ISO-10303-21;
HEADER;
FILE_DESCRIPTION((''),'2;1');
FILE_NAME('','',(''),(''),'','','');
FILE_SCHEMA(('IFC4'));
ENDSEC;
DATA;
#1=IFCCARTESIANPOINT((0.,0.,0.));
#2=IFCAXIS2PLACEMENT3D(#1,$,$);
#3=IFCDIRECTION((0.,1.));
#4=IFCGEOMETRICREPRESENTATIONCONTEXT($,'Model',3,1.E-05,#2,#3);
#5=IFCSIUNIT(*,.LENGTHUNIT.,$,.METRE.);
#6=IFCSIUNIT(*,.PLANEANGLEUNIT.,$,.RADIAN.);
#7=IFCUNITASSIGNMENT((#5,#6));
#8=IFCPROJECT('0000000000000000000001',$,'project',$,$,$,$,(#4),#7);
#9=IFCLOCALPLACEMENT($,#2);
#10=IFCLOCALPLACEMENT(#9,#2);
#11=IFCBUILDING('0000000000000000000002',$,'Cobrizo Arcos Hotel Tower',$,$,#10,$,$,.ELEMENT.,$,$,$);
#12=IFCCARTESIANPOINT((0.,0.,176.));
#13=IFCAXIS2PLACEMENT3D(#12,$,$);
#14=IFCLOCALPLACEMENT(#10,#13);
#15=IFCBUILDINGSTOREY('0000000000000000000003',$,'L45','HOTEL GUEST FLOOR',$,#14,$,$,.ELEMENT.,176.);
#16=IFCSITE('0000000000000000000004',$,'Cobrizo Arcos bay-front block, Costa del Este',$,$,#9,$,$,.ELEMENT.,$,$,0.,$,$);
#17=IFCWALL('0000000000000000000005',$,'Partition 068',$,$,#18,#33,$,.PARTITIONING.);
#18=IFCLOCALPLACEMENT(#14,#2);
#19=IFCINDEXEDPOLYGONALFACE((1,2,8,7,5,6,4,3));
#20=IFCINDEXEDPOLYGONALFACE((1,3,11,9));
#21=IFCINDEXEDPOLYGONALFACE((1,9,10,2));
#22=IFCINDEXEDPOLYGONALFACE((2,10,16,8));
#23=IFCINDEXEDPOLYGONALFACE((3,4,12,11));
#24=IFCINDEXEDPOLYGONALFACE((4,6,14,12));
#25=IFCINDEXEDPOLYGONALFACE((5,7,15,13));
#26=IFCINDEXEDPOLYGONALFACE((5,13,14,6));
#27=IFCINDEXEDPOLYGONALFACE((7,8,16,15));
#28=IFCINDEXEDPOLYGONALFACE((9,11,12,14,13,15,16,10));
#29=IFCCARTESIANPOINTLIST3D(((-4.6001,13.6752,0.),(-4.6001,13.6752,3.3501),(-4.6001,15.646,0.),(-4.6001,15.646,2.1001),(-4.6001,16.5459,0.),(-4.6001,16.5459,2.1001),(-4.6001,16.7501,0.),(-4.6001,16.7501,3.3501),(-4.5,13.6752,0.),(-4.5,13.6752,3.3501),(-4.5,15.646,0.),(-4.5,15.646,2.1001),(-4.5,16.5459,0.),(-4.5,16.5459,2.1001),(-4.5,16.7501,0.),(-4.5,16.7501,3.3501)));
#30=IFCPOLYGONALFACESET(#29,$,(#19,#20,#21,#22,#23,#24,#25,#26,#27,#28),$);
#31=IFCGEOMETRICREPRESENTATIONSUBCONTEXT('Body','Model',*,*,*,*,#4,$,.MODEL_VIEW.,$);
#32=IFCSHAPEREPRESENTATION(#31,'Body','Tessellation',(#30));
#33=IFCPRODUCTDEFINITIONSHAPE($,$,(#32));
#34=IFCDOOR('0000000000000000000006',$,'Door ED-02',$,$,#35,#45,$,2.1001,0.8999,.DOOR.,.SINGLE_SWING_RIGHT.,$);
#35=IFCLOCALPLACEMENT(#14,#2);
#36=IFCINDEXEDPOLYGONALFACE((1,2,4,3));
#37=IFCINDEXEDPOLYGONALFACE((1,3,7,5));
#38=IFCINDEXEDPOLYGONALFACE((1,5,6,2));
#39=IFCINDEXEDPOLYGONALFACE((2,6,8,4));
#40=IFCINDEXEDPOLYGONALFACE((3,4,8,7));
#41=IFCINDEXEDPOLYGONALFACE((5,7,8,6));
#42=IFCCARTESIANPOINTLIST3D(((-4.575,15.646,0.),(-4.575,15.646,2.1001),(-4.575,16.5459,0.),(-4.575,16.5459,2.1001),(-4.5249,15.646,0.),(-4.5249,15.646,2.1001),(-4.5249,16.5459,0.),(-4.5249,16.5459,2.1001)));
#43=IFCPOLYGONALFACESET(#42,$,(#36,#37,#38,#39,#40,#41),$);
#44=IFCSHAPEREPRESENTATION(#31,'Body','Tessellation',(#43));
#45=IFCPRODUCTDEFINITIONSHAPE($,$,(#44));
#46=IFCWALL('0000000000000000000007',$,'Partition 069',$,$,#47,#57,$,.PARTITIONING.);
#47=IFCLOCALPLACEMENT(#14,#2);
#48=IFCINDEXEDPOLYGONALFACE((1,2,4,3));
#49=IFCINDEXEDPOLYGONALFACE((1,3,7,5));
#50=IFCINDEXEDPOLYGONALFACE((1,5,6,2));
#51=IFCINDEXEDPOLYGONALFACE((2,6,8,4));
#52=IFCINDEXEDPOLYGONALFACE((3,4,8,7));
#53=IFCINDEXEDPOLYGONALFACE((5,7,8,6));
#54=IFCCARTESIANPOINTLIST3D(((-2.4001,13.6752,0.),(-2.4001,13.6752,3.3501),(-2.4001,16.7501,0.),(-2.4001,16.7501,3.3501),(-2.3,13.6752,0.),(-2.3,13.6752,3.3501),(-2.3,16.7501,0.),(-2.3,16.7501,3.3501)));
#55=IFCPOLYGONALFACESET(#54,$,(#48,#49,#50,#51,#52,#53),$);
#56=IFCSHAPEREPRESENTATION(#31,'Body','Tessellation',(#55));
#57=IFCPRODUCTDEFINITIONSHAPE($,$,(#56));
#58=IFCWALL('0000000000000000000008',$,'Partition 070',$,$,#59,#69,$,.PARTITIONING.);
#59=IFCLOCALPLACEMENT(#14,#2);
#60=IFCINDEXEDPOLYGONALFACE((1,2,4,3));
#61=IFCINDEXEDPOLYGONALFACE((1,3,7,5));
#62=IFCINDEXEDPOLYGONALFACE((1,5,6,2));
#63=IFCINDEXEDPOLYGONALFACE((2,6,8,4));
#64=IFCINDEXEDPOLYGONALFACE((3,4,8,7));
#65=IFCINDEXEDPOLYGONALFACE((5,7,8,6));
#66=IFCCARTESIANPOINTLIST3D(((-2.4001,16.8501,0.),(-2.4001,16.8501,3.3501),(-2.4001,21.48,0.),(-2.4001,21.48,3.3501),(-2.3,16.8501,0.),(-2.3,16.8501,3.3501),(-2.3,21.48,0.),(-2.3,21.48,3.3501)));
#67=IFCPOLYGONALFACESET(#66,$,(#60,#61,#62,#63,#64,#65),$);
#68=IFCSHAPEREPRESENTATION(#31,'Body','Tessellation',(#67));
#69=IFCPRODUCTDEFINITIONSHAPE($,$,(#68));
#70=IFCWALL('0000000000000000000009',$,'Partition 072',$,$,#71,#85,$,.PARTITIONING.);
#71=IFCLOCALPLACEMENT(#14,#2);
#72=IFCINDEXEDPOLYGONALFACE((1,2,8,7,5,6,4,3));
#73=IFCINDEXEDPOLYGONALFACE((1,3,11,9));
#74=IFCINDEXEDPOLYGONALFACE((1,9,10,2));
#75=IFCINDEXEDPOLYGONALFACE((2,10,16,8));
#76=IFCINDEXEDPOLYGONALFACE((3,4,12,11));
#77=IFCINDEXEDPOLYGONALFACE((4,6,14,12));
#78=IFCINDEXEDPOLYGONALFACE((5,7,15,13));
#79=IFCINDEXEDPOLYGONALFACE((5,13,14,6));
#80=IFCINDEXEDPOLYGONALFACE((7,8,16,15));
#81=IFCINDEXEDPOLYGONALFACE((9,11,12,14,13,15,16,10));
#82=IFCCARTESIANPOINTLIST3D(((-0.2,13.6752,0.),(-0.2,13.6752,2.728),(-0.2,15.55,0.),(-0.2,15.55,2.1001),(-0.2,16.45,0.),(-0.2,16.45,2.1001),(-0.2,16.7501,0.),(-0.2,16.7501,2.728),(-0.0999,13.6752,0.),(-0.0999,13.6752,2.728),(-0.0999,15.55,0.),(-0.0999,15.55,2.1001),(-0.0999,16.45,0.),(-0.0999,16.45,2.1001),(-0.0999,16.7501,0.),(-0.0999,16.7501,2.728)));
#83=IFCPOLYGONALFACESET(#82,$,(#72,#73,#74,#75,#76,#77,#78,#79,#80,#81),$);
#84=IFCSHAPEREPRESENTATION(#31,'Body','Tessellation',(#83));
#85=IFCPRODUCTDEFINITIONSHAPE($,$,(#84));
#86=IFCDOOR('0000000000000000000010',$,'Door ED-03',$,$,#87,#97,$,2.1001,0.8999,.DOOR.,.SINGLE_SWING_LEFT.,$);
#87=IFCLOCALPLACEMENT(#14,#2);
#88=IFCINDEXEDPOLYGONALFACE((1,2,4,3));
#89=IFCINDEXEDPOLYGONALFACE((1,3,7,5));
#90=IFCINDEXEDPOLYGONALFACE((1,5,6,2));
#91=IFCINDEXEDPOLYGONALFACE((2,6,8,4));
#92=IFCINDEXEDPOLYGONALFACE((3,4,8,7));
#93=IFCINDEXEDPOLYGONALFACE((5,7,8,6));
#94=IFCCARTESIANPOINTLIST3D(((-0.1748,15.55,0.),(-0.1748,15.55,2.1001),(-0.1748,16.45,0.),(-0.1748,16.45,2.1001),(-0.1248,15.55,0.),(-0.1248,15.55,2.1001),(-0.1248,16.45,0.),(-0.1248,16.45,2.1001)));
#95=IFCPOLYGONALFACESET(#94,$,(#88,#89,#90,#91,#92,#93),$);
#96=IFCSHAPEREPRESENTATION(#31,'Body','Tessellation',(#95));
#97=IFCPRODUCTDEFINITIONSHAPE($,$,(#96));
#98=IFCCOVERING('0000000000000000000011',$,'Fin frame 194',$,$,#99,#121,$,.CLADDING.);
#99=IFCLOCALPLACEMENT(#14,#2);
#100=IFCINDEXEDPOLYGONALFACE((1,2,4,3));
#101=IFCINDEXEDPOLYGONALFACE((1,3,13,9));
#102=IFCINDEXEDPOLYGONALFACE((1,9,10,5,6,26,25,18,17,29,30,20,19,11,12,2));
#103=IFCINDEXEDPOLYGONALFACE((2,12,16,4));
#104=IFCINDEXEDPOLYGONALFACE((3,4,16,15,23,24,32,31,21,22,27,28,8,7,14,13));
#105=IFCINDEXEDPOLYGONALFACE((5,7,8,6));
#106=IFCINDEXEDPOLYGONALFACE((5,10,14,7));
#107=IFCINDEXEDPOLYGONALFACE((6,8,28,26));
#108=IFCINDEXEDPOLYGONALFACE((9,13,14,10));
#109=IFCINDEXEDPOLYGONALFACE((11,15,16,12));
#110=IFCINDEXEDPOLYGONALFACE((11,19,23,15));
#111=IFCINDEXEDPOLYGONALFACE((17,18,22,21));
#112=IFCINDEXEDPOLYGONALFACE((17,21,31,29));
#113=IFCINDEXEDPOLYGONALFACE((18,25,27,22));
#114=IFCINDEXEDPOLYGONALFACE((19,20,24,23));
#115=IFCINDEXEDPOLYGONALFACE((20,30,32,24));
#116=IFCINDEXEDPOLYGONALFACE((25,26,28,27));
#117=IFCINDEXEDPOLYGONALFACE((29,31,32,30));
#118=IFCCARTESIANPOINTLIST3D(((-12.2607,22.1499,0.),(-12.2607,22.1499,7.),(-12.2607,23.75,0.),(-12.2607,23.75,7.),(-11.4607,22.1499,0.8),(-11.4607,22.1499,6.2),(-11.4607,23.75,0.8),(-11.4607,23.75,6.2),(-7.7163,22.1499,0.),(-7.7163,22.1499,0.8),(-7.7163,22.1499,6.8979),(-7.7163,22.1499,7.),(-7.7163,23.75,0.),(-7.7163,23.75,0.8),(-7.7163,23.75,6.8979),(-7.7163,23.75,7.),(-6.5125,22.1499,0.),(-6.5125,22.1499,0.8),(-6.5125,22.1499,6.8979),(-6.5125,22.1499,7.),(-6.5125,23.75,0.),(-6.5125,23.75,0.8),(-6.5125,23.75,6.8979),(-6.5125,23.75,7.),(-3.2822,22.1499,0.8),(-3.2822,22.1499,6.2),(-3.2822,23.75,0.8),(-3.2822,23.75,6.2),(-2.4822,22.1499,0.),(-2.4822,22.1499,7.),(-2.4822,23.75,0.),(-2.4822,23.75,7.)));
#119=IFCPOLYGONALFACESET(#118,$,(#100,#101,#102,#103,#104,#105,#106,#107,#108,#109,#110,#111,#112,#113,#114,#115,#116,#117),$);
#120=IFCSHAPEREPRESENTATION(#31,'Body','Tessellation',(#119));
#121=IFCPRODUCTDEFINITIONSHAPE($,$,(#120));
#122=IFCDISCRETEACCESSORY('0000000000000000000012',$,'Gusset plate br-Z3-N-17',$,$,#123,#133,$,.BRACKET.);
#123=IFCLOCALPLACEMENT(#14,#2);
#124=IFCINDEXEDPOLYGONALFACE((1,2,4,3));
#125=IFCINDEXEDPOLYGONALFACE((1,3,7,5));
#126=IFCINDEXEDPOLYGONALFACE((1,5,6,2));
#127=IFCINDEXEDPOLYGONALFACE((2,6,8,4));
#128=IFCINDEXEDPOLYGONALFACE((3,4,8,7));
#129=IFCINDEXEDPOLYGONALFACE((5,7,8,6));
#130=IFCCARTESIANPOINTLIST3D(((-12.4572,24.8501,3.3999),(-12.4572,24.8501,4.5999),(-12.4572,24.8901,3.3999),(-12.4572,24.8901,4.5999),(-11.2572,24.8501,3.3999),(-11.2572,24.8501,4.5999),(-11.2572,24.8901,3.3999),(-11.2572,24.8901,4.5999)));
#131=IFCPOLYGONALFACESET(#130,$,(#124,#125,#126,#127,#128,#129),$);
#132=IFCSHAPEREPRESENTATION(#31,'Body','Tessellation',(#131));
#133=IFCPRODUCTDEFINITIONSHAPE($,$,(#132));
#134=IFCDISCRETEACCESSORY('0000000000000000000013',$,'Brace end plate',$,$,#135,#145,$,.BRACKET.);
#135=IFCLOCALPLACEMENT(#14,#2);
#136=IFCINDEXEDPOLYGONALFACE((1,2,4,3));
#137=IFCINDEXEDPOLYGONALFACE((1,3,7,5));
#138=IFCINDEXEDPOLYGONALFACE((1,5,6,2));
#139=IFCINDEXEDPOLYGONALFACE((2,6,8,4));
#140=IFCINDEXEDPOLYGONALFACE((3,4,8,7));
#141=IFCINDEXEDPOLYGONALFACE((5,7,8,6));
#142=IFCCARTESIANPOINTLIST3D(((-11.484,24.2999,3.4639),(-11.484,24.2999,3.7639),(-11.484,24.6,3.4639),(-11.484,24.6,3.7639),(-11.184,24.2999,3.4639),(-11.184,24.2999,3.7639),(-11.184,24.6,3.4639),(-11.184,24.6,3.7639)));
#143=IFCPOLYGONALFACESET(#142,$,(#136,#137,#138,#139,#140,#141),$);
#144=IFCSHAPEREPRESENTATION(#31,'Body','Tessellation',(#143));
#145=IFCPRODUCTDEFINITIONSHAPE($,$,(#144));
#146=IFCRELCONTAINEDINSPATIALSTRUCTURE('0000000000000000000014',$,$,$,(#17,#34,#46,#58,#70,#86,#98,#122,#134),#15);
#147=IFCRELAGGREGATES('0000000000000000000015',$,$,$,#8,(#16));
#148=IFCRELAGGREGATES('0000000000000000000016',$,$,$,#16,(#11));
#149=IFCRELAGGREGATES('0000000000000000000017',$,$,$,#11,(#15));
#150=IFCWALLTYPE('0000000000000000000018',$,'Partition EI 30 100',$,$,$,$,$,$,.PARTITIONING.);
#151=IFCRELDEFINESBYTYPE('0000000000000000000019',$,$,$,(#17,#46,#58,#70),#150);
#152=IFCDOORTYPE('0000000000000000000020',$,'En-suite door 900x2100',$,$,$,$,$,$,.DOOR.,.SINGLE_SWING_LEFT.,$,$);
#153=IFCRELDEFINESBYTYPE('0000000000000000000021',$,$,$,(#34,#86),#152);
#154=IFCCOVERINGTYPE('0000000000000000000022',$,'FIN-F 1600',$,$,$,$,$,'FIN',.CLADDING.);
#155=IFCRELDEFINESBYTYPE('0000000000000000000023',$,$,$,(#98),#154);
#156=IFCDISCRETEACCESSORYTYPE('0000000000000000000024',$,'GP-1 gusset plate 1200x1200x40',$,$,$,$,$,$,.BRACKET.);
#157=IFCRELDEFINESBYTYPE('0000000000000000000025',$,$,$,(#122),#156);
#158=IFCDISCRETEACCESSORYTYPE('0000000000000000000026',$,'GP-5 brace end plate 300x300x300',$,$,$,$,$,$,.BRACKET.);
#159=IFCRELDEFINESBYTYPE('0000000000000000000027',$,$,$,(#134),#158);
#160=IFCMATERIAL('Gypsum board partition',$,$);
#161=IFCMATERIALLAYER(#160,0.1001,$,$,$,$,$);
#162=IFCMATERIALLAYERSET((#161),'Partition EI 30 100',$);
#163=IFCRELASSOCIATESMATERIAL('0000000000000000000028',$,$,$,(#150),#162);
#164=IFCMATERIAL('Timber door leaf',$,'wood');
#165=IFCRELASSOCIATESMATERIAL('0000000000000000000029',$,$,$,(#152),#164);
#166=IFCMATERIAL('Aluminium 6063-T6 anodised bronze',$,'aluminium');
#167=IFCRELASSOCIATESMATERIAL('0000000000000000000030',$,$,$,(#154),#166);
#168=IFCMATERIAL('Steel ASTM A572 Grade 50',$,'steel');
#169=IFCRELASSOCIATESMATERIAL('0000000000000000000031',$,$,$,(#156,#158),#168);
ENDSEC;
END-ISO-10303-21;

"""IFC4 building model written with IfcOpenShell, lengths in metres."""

from ifc_helpers import new_model, si_unit, direction, frame, frame_2d, origin, origin_2d, place, context, subcontext, project, spatial, polyline, rectangle, outline, extrude, material, layer, layer_set, type_object, element, fill, save


model = new_model("IFC4")

# Units and contexts
model_context = context("Model", 3, precision=1e-05, world=origin(), true_north=direction((0.0, 1.0)))
body_context = subcontext(model_context, "Body", "Model", "MODEL_VIEW")
ifc_project = project(units=[si_unit("LENGTHUNIT", "METRE"), si_unit("PLANEANGLEUNIT", "RADIAN")], contexts=[model_context])

# Site, building, storey
site_placement = place(None, origin())
site = spatial("IfcSite", under=ifc_project, at=site_placement, Name="Cobrizo Arcos bay-front block, Costa del Este", CompositionType="ELEMENT", RefElevation=0.0)
building_placement = place(site_placement, origin())
building = spatial("IfcBuilding", under=site, at=building_placement, Name="Cobrizo Arcos Hotel Tower", CompositionType="ELEMENT")
storey_placement = place(building_placement, frame((0.0, 0.0, 176.0)))
storey = spatial("IfcBuildingStorey", under=building, at=storey_placement, Name="L45", Description="HOTEL GUEST FLOOR", CompositionType="ELEMENT", Elevation=176.0)

# Shared definitions
ifc_material_1 = material(Name="Steel ASTM A572 Grade 50", Category="steel")

# Shared definitions
ifc_material_2 = material(Name="Aluminium 6063-T6 anodised bronze", Category="aluminium")

# Shared definitions
ifc_material_3 = material(Name="Gypsum board partition")
ifc_layer_1 = layer(ifc_material_3, 0.1001)
ifc_layer_set_1 = layer_set([ifc_layer_1], Name="Partition EI 30 100")
wall_type = type_object("IfcWallType", Name="Partition EI 30 100", PredefinedType="PARTITIONING", material=ifc_layer_set_1)

# Shared definitions
ifc_material_4 = material(Name="Timber door leaf", Category="wood")
door_type = type_object("IfcDoorType", Name="En-suite door 900x2100", OperationType="SINGLE_SWING_LEFT", PredefinedType="DOOR", material=ifc_material_4)

# Wall, opening, door
wall_1_placement = place(storey_placement, frame((-4.55, 13.675, 0.0), z_axis=(0.0, 0.0, 1.0), x_axis=(0.0, 1.0, 0.0)))
wall_1 = element("IfcWall", 1, at=wall_1_placement, inside=storey, type_object=wall_type, Name="Partition 068", PredefinedType="PARTITIONING", context=body_context, shape_type="SweptSolid", body=[
    extrude(rectangle(XDim=3.075, YDim=0.1001, at=frame_2d((1.5376, 0.0))), origin(), (0.0, 0.0, 1.0), 3.3501),
])
opening_1_placement = place(wall_1_placement, frame((1.9709, 0.0, 0.0)))
opening_1 = element("IfcOpeningElement", 2, at=opening_1_placement, cuts=wall_1, PredefinedType="OPENING", context=body_context, shape_type="SweptSolid", body=[
    extrude(rectangle(XDim=0.8999, YDim=2.1001, at=frame_2d((0.45, 1.05))), frame((0.0, 0.062, 0.0), z_axis=(0.0, -1.0, 0.0), x_axis=(1.0, 0.0, 0.0)), (0.0, 0.0, 1.0), 0.124),
])
door_1_placement = place(opening_1_placement, origin())
door_1 = element("IfcDoor", 3, at=door_1_placement, inside=storey, type_object=door_type, Name="Door ED-02", OperationType="SINGLE_SWING_RIGHT", OverallHeight=2.1001, OverallWidth=0.8999, PredefinedType="DOOR", context=body_context, shape_type="SweptSolid", body=[
    extrude(rectangle(XDim=0.8999, YDim=2.1001, at=frame_2d((0.45, 1.05))), frame((0.0, 0.0249, 0.0), z_axis=(0.0, -1.0, 0.0), x_axis=(1.0, 0.0, 0.0)), (0.0, 0.0, 1.0), 0.05),
])
fill(opening_1, door_1)

# Walls
wall_2_placement = place(storey_placement, frame((-2.3501, 13.675, 0.0), z_axis=(0.0, 0.0, 1.0), x_axis=(0.0, 1.0, 0.0)))
element("IfcWall", 4, at=wall_2_placement, inside=storey, type_object=wall_type, Name="Partition 069", PredefinedType="PARTITIONING", context=body_context, shape_type="SweptSolid", body=[
    extrude(rectangle(XDim=3.075, YDim=0.1001, at=frame_2d((1.5376, 0.0))), origin(), (0.0, 0.0, 1.0), 3.3501),
])
wall_3_placement = place(storey_placement, frame((-2.3501, 16.8501, 0.0), z_axis=(0.0, 0.0, 1.0), x_axis=(0.0, 1.0, 0.0)))
element("IfcWall", 5, at=wall_3_placement, inside=storey, type_object=wall_type, Name="Partition 070", PredefinedType="PARTITIONING", context=body_context, shape_type="SweptSolid", body=[
    extrude(rectangle(XDim=4.6299, YDim=0.1001, at=frame_2d((2.3149, 0.0))), origin(), (0.0, 0.0, 1.0), 3.3501),
])

# Wall, opening, door
wall_4_placement = place(storey_placement, frame((-0.1499, 13.675, 0.0), z_axis=(0.0, 0.0, 1.0), x_axis=(0.0, 1.0, 0.0)))
wall_4 = element("IfcWall", 6, at=wall_4_placement, inside=storey, type_object=wall_type, Name="Partition 072", PredefinedType="PARTITIONING", context=body_context, shape_type="SweptSolid", body=[
    extrude(rectangle(XDim=3.075, YDim=0.1001, at=frame_2d((1.5376, 0.0))), origin(), (0.0, 0.0, 1.0), 2.728),
])
opening_2_placement = place(wall_4_placement, frame((1.875, 0.0, 0.0)))
opening_2 = element("IfcOpeningElement", 7, at=opening_2_placement, cuts=wall_4, PredefinedType="OPENING", context=body_context, shape_type="SweptSolid", body=[
    extrude(rectangle(XDim=0.8999, YDim=2.1001, at=frame_2d((0.45, 1.05))), frame((0.0, 0.062, 0.0), z_axis=(0.0, -1.0, 0.0), x_axis=(1.0, 0.0, 0.0)), (0.0, 0.0, 1.0), 0.124),
])
door_2_placement = place(opening_2_placement, origin())
door_2 = element("IfcDoor", 8, at=door_2_placement, inside=storey, type_object=door_type, Name="Door ED-03", OperationType="SINGLE_SWING_LEFT", OverallHeight=2.1001, OverallWidth=0.8999, PredefinedType="DOOR", context=body_context, shape_type="SweptSolid", body=[
    extrude(rectangle(XDim=0.8999, YDim=2.1001, at=frame_2d((0.45, 1.05))), frame((0.0, 0.0249, 0.0), z_axis=(0.0, -1.0, 0.0), x_axis=(1.0, 0.0, 0.0)), (0.0, 0.0, 1.0), 0.05),
])
fill(opening_2, door_2)

# Covering
covering_type = type_object("IfcCoveringType", Name="FIN-F 1600", ElementType="FIN", PredefinedType="CLADDING", material=ifc_material_2)
covering_placement = place(storey_placement, frame((-2.4822, 22.1499, 0.0), z_axis=(0.0, 1.0, 0.0), x_axis=(-1.0, 0.0, 0.0)))
element("IfcCovering", 9, at=covering_placement, inside=storey, type_object=covering_type, Name="Fin frame 194", PredefinedType="CLADDING", context=body_context, shape_type="SweptSolid", body=[
    extrude(outline(polyline([(0.0, 0.0), (4.0303, 0.0), (4.0303, 0.8), (0.8, 0.8), (0.8, 6.2), (8.9785, 6.2), (8.9785, 0.8), (5.2341, 0.8), (5.2341, 0.0), (9.7786, 0.0), (9.7786, 7.0), (5.2341, 7.0), (5.2341, 6.8979), (4.0303, 6.8979), (4.0303, 7.0), (0.0, 7.0), (0.0, 0.0)])), origin(), (0.0, 0.0, 1.0), 1.6001),
])

# Discrete accessories
discrete_accessory_type_1 = type_object("IfcDiscreteAccessoryType", Name="GP-1 gusset plate 1200x1200x40", PredefinedType="BRACKET", material=ifc_material_1)
discrete_accessory_1_placement = place(storey_placement, frame((-11.8572, 24.8701, 3.3999), z_axis=(0.0, 0.0, 1.0), x_axis=(1.0, 0.0, 0.0)))
element("IfcDiscreteAccessory", 10, at=discrete_accessory_1_placement, inside=storey, type_object=discrete_accessory_type_1, Name="Gusset plate br-Z3-N-17", PredefinedType="BRACKET", context=body_context, shape_type="SweptSolid", body=[
    extrude(rectangle(XDim=1.2, YDim=0.04, at=origin_2d()), origin(), (0.0, 0.0, 1.0), 1.2),
])
discrete_accessory_type_2 = type_object("IfcDiscreteAccessoryType", Name="GP-5 brace end plate 300x300x300", PredefinedType="BRACKET", material=ifc_material_1)
discrete_accessory_2_placement = place(storey_placement, frame((-11.334, 24.45, 3.4639), z_axis=(0.0, 0.0, 1.0), x_axis=(1.0, 0.0, 0.0)))
element("IfcDiscreteAccessory", 11, at=discrete_accessory_2_placement, inside=storey, type_object=discrete_accessory_type_2, Name="Brace end plate", PredefinedType="BRACKET", context=body_context, shape_type="SweptSolid", body=[
    extrude(rectangle(XDim=0.3, YDim=0.3, at=origin_2d()), origin(), (0.0, 0.0, 1.0), 0.3),
])

save(model, "model.ifc")
